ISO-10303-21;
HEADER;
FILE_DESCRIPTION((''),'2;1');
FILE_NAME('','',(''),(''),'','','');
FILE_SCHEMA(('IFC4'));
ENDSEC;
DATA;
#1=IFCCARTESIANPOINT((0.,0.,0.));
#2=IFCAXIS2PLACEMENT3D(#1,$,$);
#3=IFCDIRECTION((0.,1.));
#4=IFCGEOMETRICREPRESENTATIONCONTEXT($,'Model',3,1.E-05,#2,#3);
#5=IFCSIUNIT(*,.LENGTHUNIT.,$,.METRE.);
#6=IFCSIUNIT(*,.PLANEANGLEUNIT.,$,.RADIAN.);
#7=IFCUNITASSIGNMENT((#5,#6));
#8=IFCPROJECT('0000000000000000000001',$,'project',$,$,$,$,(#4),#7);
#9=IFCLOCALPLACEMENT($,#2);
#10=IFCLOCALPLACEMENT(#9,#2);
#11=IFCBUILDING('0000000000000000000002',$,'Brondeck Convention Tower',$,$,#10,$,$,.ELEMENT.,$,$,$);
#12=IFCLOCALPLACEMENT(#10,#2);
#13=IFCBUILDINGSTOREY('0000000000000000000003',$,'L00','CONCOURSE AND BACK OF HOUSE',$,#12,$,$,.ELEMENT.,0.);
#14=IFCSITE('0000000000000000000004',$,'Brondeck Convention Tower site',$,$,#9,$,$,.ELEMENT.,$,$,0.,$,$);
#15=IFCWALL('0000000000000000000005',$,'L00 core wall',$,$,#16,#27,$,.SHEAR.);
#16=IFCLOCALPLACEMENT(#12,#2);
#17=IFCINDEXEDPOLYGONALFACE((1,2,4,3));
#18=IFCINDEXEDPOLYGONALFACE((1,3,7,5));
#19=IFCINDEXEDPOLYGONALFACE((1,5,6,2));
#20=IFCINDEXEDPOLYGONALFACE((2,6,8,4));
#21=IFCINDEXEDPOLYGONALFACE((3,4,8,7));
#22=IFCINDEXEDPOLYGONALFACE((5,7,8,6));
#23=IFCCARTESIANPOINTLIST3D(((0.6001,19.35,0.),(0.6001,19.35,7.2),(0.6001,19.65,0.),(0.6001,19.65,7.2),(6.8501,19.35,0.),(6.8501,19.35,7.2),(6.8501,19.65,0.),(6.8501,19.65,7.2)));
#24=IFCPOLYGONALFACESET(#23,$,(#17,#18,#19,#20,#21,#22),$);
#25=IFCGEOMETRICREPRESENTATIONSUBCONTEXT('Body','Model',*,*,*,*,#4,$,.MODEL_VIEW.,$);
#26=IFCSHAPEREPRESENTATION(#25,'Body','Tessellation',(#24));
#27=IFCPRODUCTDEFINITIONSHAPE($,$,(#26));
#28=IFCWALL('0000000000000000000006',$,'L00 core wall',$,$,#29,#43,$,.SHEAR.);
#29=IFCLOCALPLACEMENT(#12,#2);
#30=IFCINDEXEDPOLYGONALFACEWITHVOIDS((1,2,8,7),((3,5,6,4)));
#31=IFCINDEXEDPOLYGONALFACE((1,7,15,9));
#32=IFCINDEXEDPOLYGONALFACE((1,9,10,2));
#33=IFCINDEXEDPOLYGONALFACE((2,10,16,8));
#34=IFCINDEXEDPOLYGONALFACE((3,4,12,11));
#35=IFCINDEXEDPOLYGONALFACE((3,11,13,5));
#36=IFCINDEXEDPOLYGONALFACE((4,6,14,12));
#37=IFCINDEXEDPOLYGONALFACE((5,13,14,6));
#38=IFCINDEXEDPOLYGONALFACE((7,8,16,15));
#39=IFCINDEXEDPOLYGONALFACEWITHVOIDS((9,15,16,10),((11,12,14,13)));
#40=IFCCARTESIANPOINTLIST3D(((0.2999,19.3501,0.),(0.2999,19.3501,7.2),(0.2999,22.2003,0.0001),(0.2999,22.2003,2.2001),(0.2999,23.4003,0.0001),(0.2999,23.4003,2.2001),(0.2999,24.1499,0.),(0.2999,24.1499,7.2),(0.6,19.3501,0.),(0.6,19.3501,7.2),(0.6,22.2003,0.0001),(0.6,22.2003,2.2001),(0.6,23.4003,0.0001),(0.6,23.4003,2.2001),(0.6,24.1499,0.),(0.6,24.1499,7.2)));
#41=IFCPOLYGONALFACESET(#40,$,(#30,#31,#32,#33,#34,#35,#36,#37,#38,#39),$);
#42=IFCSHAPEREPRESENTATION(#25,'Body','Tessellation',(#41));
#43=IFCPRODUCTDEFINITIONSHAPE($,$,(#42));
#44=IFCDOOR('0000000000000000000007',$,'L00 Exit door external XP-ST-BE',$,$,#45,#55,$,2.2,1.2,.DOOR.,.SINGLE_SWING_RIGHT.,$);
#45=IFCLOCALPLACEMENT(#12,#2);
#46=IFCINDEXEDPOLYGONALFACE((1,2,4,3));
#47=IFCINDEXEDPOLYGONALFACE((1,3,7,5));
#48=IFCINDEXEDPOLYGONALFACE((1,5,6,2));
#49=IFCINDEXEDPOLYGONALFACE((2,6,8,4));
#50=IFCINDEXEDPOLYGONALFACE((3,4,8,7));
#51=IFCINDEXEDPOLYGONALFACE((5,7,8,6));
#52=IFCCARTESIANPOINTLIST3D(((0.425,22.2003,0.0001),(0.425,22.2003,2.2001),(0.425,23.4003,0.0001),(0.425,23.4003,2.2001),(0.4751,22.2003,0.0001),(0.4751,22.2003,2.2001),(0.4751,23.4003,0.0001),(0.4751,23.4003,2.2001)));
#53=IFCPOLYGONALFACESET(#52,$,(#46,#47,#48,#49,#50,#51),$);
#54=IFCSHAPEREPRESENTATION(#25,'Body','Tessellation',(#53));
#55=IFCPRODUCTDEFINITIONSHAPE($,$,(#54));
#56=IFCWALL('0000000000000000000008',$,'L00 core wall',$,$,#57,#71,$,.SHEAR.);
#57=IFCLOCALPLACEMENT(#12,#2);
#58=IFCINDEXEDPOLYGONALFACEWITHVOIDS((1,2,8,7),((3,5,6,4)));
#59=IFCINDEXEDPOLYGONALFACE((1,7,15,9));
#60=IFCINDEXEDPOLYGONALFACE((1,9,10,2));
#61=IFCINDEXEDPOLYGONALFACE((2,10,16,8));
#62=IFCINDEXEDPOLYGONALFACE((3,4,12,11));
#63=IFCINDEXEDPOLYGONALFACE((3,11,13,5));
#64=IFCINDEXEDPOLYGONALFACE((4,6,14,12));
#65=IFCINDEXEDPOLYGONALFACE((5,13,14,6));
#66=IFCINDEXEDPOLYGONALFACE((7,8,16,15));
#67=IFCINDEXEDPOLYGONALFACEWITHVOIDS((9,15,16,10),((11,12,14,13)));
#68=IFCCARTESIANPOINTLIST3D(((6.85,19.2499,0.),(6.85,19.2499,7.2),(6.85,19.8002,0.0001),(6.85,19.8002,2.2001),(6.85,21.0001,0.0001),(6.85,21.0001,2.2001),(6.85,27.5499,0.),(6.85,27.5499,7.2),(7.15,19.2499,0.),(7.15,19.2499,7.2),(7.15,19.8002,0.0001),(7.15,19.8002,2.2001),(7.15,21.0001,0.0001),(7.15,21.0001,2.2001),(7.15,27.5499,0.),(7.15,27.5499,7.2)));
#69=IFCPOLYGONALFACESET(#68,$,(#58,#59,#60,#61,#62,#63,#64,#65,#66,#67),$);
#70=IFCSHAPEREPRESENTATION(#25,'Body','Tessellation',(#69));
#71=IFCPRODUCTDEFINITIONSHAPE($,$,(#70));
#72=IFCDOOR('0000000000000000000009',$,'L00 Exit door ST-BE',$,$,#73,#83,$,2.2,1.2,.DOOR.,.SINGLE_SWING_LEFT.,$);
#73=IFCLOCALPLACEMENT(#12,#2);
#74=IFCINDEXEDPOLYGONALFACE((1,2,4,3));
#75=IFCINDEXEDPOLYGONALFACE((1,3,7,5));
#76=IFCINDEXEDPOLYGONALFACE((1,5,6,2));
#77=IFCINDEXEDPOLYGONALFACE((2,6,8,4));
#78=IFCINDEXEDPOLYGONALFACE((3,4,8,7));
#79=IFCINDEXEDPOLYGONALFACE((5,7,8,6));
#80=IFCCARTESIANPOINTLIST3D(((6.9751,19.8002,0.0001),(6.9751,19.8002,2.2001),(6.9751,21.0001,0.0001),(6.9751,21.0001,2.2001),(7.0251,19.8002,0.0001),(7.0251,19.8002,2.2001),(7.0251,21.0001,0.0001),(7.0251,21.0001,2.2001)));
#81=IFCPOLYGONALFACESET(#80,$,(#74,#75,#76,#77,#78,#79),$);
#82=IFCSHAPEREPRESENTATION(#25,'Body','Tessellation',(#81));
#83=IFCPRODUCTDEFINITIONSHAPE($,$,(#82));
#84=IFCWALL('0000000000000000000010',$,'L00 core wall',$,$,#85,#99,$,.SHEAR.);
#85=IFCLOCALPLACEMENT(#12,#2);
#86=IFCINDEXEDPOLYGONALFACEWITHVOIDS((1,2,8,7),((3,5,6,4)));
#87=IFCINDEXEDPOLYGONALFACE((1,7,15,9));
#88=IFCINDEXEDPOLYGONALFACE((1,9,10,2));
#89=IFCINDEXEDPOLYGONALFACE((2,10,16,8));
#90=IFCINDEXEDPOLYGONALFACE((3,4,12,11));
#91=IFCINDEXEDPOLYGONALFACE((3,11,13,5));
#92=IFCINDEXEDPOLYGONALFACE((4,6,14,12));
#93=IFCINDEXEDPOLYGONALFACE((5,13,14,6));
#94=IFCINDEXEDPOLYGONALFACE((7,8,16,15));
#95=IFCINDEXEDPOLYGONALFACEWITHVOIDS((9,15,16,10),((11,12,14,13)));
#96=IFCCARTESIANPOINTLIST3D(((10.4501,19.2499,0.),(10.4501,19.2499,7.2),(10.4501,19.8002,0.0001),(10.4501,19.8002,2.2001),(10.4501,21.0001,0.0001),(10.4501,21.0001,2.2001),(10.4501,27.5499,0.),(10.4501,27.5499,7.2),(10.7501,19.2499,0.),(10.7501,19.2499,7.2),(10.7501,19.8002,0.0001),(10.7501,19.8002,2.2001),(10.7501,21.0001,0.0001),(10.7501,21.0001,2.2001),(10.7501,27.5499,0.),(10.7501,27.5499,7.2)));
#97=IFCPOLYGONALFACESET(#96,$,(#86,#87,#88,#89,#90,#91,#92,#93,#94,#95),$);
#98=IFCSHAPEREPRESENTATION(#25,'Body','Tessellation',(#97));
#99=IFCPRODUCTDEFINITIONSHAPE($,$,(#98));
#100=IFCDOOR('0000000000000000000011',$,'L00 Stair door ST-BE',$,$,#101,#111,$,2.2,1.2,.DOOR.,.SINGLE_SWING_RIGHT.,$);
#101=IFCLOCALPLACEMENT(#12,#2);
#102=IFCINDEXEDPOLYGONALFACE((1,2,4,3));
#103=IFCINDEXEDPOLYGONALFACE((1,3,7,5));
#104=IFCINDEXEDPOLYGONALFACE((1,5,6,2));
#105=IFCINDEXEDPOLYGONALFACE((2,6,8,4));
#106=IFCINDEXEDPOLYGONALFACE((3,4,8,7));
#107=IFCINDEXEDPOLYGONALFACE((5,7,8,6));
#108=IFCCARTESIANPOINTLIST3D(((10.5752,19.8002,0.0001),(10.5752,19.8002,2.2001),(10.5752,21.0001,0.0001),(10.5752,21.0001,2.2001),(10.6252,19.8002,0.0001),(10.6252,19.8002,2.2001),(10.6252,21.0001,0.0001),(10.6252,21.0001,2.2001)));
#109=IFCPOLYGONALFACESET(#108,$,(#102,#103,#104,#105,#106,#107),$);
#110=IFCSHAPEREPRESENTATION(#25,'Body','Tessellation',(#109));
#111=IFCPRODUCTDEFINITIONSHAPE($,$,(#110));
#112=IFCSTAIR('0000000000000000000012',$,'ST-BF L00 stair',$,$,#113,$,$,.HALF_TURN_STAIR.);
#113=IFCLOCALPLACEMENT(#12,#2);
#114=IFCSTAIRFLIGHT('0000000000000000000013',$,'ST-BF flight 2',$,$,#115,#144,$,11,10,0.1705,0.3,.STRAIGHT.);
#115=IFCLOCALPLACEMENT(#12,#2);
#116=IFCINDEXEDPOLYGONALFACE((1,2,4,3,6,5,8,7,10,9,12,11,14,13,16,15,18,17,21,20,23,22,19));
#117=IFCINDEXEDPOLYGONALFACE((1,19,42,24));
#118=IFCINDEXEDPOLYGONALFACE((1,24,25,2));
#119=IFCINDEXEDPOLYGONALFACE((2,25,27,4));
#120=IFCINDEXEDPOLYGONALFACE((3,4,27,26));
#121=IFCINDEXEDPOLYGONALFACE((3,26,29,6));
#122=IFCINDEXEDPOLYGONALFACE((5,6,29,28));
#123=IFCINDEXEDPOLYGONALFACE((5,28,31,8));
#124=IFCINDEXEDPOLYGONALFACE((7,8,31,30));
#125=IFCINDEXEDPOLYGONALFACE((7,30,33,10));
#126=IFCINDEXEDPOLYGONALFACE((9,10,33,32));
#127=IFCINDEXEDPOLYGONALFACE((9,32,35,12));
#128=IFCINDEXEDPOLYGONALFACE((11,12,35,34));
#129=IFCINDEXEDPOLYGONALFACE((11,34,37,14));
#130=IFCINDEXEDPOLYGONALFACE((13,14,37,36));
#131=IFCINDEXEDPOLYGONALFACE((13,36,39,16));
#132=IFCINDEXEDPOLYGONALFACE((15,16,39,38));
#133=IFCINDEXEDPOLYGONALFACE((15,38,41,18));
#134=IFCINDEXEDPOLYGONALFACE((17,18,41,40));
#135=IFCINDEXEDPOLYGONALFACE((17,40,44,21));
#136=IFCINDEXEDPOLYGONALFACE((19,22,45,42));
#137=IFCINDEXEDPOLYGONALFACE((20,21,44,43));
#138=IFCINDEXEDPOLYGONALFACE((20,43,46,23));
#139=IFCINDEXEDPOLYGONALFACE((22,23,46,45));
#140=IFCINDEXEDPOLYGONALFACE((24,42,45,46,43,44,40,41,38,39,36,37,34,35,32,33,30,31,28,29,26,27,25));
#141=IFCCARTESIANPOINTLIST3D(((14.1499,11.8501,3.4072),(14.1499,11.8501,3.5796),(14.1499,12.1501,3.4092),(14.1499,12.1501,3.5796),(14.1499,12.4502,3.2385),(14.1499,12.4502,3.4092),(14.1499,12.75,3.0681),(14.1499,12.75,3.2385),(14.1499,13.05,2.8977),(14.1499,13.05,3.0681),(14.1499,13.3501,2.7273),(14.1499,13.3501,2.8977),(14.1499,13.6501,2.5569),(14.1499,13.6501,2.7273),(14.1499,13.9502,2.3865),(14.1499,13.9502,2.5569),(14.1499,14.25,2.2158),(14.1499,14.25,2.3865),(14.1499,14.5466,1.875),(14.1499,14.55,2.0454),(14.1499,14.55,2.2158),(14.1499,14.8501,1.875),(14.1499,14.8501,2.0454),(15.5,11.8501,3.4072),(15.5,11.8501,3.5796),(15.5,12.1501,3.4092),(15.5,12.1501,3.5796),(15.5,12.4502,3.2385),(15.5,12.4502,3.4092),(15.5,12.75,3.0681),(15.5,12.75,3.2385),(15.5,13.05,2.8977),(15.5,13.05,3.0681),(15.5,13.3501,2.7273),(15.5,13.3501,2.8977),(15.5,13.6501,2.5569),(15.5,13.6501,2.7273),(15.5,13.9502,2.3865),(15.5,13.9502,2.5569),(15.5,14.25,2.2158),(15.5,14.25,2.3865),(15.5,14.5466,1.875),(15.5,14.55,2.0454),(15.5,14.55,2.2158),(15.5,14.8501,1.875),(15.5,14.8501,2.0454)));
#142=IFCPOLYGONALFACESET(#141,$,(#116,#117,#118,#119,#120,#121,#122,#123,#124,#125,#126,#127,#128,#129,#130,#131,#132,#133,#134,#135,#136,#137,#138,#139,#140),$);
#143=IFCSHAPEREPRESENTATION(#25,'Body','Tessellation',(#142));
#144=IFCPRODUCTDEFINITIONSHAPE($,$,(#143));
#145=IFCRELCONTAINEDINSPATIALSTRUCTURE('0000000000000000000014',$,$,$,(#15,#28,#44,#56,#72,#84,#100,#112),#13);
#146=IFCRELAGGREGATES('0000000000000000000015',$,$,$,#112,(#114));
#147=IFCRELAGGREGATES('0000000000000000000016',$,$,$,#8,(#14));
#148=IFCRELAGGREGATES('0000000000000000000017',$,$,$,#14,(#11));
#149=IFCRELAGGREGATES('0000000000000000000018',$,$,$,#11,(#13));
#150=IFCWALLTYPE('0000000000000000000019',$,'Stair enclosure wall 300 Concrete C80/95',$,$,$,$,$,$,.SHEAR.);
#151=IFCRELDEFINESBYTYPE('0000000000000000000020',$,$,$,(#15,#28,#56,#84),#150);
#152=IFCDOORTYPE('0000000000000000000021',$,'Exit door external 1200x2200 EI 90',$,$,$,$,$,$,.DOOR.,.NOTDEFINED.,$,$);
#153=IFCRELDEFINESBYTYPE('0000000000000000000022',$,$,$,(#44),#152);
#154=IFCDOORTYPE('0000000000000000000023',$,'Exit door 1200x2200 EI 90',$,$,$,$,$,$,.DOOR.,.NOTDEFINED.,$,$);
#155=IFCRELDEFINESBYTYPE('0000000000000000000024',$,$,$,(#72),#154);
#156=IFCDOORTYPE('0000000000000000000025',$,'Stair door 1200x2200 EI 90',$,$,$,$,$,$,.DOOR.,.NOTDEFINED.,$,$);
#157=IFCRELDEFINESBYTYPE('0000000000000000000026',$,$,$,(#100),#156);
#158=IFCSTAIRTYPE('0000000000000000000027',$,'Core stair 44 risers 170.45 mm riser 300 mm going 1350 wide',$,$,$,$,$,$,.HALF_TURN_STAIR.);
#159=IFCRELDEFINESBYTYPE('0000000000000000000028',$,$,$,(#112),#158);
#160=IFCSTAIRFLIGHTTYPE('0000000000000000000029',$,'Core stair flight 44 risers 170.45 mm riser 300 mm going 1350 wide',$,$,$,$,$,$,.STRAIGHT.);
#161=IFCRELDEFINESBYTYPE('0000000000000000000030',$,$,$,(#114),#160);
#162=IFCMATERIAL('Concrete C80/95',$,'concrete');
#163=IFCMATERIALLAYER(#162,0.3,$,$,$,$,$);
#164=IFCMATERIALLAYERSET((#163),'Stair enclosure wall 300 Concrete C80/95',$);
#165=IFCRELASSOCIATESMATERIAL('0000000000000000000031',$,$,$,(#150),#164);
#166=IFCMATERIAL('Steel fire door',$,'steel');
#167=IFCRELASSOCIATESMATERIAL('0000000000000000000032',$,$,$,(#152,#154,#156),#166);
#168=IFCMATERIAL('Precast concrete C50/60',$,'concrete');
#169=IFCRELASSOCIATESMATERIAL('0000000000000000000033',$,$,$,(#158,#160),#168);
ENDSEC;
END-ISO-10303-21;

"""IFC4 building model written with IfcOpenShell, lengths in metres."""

from ifc_helpers import new_model, si_unit, direction, frame, frame_2d, origin, place, context, subcontext, project, spatial, polyline, rectangle, outline, extrude, material, layer, layer_set, type_object, element, fill, aggregate, save


model = new_model("IFC4")

# Units and contexts
model_context = context("Model", 3, precision=1e-05, world=origin(), true_north=direction((0.0, 1.0)))
body_context = subcontext(model_context, "Body", "Model", "MODEL_VIEW")
ifc_project = project(units=[si_unit("LENGTHUNIT", "METRE"), si_unit("PLANEANGLEUNIT", "RADIAN")], contexts=[model_context])

# Site, building, storey
site_placement = place(None, origin())
site = spatial("IfcSite", under=ifc_project, at=site_placement, Name="Brondeck Convention Tower site", CompositionType="ELEMENT", RefElevation=0.0)
building_placement = place(site_placement, origin())
building = spatial("IfcBuilding", under=site, at=building_placement, Name="Brondeck Convention Tower", CompositionType="ELEMENT")
storey_placement = place(building_placement, origin())
storey = spatial("IfcBuildingStorey", under=building, at=storey_placement, Name="L00", Description="CONCOURSE AND BACK OF HOUSE", CompositionType="ELEMENT", Elevation=0.0)

# Shared definitions
ifc_material_1 = material(Name="Concrete C80/95", Category="concrete")

# Wall
ifc_layer_1 = layer(ifc_material_1, 0.3)
ifc_layer_set_1 = layer_set([ifc_layer_1], Name="Stair enclosure wall 300 Concrete C80/95")
wall_type_1 = type_object("IfcWallType", Name="Stair enclosure wall 300 Concrete C80/95", PredefinedType="SHEAR", material=ifc_layer_set_1)
wall_1_placement = place(storey_placement, frame((0.6001, 19.5, 0.0), z_axis=(0.0, 0.0, 1.0), x_axis=(1.0, 0.0, 0.0)))
element("IfcWall", 1, at=wall_1_placement, inside=storey, type_object=wall_type_1, Name="L00 core wall", PredefinedType="SHEAR", context=body_context, shape_type="SweptSolid", body=[
    extrude(rectangle(XDim=6.25, YDim=0.3, at=frame_2d((3.125, 0.0))), origin(), (0.0, 0.0, 1.0), 7.2),
])

# Walls, openings, doors
wall_2_placement = place(storey_placement, frame((0.45, 19.3501, 0.0), z_axis=(0.0, 0.0, 1.0), x_axis=(0.0, 1.0, 0.0)))
wall_2 = element("IfcWall", 2, at=wall_2_placement, inside=storey, type_object=wall_type_1, Name="L00 core wall", PredefinedType="SHEAR", context=body_context, shape_type="SweptSolid", body=[
    extrude(rectangle(XDim=4.7998, YDim=0.3, at=frame_2d((2.3999, 0.0))), origin(), (0.0, 0.0, 1.0), 7.2),
])
opening_1_placement = place(wall_2_placement, frame((2.8501, 0.0, 0.0)))
opening_1 = element("IfcOpeningElement", 3, at=opening_1_placement, cuts=wall_2, PredefinedType="OPENING", context=body_context, shape_type="SweptSolid", body=[
    extrude(rectangle(XDim=1.2, YDim=2.2, at=frame_2d((0.6001, 1.1001))), frame((0.0, 0.1599, 0.0), z_axis=(0.0, -1.0, 0.0), x_axis=(1.0, 0.0, 0.0)), (0.0, 0.0, 1.0), 0.3201),
])
ifc_material_2 = material(Name="Steel fire door", Category="steel")
door_type_1 = type_object("IfcDoorType", Name="Exit door external 1200x2200 EI 90", OperationType="NOTDEFINED", PredefinedType="DOOR", material=ifc_material_2)
door_1_placement = place(opening_1_placement, origin())
door_1 = element("IfcDoor", 4, at=door_1_placement, inside=storey, type_object=door_type_1, Name="L00 Exit door external XP-ST-BE", OperationType="SINGLE_SWING_RIGHT", OverallHeight=2.2, OverallWidth=1.2, PredefinedType="DOOR", context=body_context, shape_type="SweptSolid", body=[
    extrude(rectangle(XDim=1.2, YDim=2.2, at=frame_2d((0.6001, 1.1001))), frame((0.0, 0.0249, 0.0), z_axis=(0.0, -1.0, 0.0), x_axis=(1.0, 0.0, 0.0)), (0.0, 0.0, 1.0), 0.05),
])
fill(opening_1, door_1)
wall_3_placement = place(storey_placement, frame((7.0, 19.25, 0.0), z_axis=(0.0, 0.0, 1.0), x_axis=(0.0, 1.0, 0.0)))
wall_3 = element("IfcWall", 5, at=wall_3_placement, inside=storey, type_object=wall_type_1, Name="L00 core wall", PredefinedType="SHEAR", context=body_context, shape_type="SweptSolid", body=[
    extrude(rectangle(XDim=8.3, YDim=0.3, at=frame_2d((4.1499, 0.0))), origin(), (0.0, 0.0, 1.0), 7.2),
])
opening_2_placement = place(wall_3_placement, frame((0.55, 0.0, 0.0)))
opening_2 = element("IfcOpeningElement", 6, at=opening_2_placement, cuts=wall_3, PredefinedType="OPENING", context=body_context, shape_type="SweptSolid", body=[
    extrude(rectangle(XDim=1.2, YDim=2.2, at=frame_2d((0.6001, 1.1001))), frame((0.0, 0.1599, 0.0), z_axis=(0.0, -1.0, 0.0), x_axis=(1.0, 0.0, 0.0)), (0.0, 0.0, 1.0), 0.3201),
])
door_type_2 = type_object("IfcDoorType", Name="Exit door 1200x2200 EI 90", OperationType="NOTDEFINED", PredefinedType="DOOR", material=ifc_material_2)
door_2_placement = place(opening_2_placement, origin())
door_2 = element("IfcDoor", 7, at=door_2_placement, inside=storey, type_object=door_type_2, Name="L00 Exit door ST-BE", OperationType="SINGLE_SWING_LEFT", OverallHeight=2.2, OverallWidth=1.2, PredefinedType="DOOR", context=body_context, shape_type="SweptSolid", body=[
    extrude(rectangle(XDim=1.2, YDim=2.2, at=frame_2d((0.6001, 1.1001))), frame((0.0, 0.0249, 0.0), z_axis=(0.0, -1.0, 0.0), x_axis=(1.0, 0.0, 0.0)), (0.0, 0.0, 1.0), 0.05),
])
fill(opening_2, door_2)
wall_4_placement = place(storey_placement, frame((10.6001, 19.25, 0.0), z_axis=(0.0, 0.0, 1.0), x_axis=(0.0, 1.0, 0.0)))
wall_4 = element("IfcWall", 8, at=wall_4_placement, inside=storey, type_object=wall_type_1, Name="L00 core wall", PredefinedType="SHEAR", context=body_context, shape_type="SweptSolid", body=[
    extrude(rectangle(XDim=8.3, YDim=0.3, at=frame_2d((4.1499, 0.0))), origin(), (0.0, 0.0, 1.0), 7.2),
])
opening_3_placement = place(wall_4_placement, frame((0.55, 0.0, 0.0)))
opening_3 = element("IfcOpeningElement", 9, at=opening_3_placement, cuts=wall_4, PredefinedType="OPENING", context=body_context, shape_type="SweptSolid", body=[
    extrude(rectangle(XDim=1.2, YDim=2.2, at=frame_2d((0.6001, 1.1001))), frame((0.0, 0.1599, 0.0), z_axis=(0.0, -1.0, 0.0), x_axis=(1.0, 0.0, 0.0)), (0.0, 0.0, 1.0), 0.3201),
])
door_type_3 = type_object("IfcDoorType", Name="Stair door 1200x2200 EI 90", OperationType="NOTDEFINED", PredefinedType="DOOR", material=ifc_material_2)
door_3_placement = place(opening_3_placement, origin())
door_3 = element("IfcDoor", 10, at=door_3_placement, inside=storey, type_object=door_type_3, Name="L00 Stair door ST-BE", OperationType="SINGLE_SWING_RIGHT", OverallHeight=2.2, OverallWidth=1.2, PredefinedType="DOOR", context=body_context, shape_type="SweptSolid", body=[
    extrude(rectangle(XDim=1.2, YDim=2.2, at=frame_2d((0.6001, 1.1001))), frame((0.0, 0.0249, 0.0), z_axis=(0.0, -1.0, 0.0), x_axis=(1.0, 0.0, 0.0)), (0.0, 0.0, 1.0), 0.05),
])
fill(opening_3, door_3)

# Stair, stair flight
ifc_material_3 = material(Name="Precast concrete C50/60", Category="concrete")
stair_type = type_object("IfcStairType", Name="Core stair 44 risers 170.45 mm riser 300 mm going 1350 wide", PredefinedType="HALF_TURN_STAIR", material=ifc_material_3)
stair_placement = place(storey_placement, origin())
stair = element("IfcStair", 11, at=stair_placement, inside=storey, type_object=stair_type, Name="ST-BF L00 stair", PredefinedType="HALF_TURN_STAIR")
stair_flight_type = type_object("IfcStairFlightType", Name="Core stair flight 44 risers 170.45 mm riser 300 mm going 1350 wide", PredefinedType="STRAIGHT", material=ifc_material_3)
stair_flight_placement = place(storey_placement, frame((14.825, 14.8501, 1.875), z_axis=(0.0, 0.0, 1.0), x_axis=(0.0, -1.0, 0.0)))
stair_flight = element("IfcStairFlight", 12, at=stair_flight_placement, type_object=stair_flight_type, Name="ST-BF flight 2", NumberOfRisers=11, NumberOfTreads=10, PredefinedType="STRAIGHT", RiserHeight=0.1705, TreadLength=0.3, context=body_context, shape_type="SweptSolid", body=[
    extrude(outline(polyline([(0.0, 0.0), (0.0, 0.1704), (0.3, 0.1704), (0.3, 0.3408), (0.6001, 0.3408), (0.6001, 0.5115), (0.8999, 0.5115), (0.8999, 0.6819), (1.2, 0.6819), (1.2, 0.8523), (1.5, 0.8523), (1.5, 1.0227), (1.8, 1.0227), (1.8, 1.1931), (2.1001, 1.1931), (2.1001, 1.3635), (2.3999, 1.3635), (2.3999, 1.5342), (2.7, 1.5342), (2.7, 1.7046), (3.0, 1.7046), (3.0, 1.875), (3.0, 1.5322), (0.3035, 0.0), (0.0, 0.0)])), frame((0.0, 0.675, 0.0), z_axis=(0.0, -1.0, 0.0), x_axis=(1.0, 0.0, 0.0)), (0.0, 0.0, 1.0), 1.3501),
])
aggregate(stair, [stair_flight])

save(model, "model.ifc")
